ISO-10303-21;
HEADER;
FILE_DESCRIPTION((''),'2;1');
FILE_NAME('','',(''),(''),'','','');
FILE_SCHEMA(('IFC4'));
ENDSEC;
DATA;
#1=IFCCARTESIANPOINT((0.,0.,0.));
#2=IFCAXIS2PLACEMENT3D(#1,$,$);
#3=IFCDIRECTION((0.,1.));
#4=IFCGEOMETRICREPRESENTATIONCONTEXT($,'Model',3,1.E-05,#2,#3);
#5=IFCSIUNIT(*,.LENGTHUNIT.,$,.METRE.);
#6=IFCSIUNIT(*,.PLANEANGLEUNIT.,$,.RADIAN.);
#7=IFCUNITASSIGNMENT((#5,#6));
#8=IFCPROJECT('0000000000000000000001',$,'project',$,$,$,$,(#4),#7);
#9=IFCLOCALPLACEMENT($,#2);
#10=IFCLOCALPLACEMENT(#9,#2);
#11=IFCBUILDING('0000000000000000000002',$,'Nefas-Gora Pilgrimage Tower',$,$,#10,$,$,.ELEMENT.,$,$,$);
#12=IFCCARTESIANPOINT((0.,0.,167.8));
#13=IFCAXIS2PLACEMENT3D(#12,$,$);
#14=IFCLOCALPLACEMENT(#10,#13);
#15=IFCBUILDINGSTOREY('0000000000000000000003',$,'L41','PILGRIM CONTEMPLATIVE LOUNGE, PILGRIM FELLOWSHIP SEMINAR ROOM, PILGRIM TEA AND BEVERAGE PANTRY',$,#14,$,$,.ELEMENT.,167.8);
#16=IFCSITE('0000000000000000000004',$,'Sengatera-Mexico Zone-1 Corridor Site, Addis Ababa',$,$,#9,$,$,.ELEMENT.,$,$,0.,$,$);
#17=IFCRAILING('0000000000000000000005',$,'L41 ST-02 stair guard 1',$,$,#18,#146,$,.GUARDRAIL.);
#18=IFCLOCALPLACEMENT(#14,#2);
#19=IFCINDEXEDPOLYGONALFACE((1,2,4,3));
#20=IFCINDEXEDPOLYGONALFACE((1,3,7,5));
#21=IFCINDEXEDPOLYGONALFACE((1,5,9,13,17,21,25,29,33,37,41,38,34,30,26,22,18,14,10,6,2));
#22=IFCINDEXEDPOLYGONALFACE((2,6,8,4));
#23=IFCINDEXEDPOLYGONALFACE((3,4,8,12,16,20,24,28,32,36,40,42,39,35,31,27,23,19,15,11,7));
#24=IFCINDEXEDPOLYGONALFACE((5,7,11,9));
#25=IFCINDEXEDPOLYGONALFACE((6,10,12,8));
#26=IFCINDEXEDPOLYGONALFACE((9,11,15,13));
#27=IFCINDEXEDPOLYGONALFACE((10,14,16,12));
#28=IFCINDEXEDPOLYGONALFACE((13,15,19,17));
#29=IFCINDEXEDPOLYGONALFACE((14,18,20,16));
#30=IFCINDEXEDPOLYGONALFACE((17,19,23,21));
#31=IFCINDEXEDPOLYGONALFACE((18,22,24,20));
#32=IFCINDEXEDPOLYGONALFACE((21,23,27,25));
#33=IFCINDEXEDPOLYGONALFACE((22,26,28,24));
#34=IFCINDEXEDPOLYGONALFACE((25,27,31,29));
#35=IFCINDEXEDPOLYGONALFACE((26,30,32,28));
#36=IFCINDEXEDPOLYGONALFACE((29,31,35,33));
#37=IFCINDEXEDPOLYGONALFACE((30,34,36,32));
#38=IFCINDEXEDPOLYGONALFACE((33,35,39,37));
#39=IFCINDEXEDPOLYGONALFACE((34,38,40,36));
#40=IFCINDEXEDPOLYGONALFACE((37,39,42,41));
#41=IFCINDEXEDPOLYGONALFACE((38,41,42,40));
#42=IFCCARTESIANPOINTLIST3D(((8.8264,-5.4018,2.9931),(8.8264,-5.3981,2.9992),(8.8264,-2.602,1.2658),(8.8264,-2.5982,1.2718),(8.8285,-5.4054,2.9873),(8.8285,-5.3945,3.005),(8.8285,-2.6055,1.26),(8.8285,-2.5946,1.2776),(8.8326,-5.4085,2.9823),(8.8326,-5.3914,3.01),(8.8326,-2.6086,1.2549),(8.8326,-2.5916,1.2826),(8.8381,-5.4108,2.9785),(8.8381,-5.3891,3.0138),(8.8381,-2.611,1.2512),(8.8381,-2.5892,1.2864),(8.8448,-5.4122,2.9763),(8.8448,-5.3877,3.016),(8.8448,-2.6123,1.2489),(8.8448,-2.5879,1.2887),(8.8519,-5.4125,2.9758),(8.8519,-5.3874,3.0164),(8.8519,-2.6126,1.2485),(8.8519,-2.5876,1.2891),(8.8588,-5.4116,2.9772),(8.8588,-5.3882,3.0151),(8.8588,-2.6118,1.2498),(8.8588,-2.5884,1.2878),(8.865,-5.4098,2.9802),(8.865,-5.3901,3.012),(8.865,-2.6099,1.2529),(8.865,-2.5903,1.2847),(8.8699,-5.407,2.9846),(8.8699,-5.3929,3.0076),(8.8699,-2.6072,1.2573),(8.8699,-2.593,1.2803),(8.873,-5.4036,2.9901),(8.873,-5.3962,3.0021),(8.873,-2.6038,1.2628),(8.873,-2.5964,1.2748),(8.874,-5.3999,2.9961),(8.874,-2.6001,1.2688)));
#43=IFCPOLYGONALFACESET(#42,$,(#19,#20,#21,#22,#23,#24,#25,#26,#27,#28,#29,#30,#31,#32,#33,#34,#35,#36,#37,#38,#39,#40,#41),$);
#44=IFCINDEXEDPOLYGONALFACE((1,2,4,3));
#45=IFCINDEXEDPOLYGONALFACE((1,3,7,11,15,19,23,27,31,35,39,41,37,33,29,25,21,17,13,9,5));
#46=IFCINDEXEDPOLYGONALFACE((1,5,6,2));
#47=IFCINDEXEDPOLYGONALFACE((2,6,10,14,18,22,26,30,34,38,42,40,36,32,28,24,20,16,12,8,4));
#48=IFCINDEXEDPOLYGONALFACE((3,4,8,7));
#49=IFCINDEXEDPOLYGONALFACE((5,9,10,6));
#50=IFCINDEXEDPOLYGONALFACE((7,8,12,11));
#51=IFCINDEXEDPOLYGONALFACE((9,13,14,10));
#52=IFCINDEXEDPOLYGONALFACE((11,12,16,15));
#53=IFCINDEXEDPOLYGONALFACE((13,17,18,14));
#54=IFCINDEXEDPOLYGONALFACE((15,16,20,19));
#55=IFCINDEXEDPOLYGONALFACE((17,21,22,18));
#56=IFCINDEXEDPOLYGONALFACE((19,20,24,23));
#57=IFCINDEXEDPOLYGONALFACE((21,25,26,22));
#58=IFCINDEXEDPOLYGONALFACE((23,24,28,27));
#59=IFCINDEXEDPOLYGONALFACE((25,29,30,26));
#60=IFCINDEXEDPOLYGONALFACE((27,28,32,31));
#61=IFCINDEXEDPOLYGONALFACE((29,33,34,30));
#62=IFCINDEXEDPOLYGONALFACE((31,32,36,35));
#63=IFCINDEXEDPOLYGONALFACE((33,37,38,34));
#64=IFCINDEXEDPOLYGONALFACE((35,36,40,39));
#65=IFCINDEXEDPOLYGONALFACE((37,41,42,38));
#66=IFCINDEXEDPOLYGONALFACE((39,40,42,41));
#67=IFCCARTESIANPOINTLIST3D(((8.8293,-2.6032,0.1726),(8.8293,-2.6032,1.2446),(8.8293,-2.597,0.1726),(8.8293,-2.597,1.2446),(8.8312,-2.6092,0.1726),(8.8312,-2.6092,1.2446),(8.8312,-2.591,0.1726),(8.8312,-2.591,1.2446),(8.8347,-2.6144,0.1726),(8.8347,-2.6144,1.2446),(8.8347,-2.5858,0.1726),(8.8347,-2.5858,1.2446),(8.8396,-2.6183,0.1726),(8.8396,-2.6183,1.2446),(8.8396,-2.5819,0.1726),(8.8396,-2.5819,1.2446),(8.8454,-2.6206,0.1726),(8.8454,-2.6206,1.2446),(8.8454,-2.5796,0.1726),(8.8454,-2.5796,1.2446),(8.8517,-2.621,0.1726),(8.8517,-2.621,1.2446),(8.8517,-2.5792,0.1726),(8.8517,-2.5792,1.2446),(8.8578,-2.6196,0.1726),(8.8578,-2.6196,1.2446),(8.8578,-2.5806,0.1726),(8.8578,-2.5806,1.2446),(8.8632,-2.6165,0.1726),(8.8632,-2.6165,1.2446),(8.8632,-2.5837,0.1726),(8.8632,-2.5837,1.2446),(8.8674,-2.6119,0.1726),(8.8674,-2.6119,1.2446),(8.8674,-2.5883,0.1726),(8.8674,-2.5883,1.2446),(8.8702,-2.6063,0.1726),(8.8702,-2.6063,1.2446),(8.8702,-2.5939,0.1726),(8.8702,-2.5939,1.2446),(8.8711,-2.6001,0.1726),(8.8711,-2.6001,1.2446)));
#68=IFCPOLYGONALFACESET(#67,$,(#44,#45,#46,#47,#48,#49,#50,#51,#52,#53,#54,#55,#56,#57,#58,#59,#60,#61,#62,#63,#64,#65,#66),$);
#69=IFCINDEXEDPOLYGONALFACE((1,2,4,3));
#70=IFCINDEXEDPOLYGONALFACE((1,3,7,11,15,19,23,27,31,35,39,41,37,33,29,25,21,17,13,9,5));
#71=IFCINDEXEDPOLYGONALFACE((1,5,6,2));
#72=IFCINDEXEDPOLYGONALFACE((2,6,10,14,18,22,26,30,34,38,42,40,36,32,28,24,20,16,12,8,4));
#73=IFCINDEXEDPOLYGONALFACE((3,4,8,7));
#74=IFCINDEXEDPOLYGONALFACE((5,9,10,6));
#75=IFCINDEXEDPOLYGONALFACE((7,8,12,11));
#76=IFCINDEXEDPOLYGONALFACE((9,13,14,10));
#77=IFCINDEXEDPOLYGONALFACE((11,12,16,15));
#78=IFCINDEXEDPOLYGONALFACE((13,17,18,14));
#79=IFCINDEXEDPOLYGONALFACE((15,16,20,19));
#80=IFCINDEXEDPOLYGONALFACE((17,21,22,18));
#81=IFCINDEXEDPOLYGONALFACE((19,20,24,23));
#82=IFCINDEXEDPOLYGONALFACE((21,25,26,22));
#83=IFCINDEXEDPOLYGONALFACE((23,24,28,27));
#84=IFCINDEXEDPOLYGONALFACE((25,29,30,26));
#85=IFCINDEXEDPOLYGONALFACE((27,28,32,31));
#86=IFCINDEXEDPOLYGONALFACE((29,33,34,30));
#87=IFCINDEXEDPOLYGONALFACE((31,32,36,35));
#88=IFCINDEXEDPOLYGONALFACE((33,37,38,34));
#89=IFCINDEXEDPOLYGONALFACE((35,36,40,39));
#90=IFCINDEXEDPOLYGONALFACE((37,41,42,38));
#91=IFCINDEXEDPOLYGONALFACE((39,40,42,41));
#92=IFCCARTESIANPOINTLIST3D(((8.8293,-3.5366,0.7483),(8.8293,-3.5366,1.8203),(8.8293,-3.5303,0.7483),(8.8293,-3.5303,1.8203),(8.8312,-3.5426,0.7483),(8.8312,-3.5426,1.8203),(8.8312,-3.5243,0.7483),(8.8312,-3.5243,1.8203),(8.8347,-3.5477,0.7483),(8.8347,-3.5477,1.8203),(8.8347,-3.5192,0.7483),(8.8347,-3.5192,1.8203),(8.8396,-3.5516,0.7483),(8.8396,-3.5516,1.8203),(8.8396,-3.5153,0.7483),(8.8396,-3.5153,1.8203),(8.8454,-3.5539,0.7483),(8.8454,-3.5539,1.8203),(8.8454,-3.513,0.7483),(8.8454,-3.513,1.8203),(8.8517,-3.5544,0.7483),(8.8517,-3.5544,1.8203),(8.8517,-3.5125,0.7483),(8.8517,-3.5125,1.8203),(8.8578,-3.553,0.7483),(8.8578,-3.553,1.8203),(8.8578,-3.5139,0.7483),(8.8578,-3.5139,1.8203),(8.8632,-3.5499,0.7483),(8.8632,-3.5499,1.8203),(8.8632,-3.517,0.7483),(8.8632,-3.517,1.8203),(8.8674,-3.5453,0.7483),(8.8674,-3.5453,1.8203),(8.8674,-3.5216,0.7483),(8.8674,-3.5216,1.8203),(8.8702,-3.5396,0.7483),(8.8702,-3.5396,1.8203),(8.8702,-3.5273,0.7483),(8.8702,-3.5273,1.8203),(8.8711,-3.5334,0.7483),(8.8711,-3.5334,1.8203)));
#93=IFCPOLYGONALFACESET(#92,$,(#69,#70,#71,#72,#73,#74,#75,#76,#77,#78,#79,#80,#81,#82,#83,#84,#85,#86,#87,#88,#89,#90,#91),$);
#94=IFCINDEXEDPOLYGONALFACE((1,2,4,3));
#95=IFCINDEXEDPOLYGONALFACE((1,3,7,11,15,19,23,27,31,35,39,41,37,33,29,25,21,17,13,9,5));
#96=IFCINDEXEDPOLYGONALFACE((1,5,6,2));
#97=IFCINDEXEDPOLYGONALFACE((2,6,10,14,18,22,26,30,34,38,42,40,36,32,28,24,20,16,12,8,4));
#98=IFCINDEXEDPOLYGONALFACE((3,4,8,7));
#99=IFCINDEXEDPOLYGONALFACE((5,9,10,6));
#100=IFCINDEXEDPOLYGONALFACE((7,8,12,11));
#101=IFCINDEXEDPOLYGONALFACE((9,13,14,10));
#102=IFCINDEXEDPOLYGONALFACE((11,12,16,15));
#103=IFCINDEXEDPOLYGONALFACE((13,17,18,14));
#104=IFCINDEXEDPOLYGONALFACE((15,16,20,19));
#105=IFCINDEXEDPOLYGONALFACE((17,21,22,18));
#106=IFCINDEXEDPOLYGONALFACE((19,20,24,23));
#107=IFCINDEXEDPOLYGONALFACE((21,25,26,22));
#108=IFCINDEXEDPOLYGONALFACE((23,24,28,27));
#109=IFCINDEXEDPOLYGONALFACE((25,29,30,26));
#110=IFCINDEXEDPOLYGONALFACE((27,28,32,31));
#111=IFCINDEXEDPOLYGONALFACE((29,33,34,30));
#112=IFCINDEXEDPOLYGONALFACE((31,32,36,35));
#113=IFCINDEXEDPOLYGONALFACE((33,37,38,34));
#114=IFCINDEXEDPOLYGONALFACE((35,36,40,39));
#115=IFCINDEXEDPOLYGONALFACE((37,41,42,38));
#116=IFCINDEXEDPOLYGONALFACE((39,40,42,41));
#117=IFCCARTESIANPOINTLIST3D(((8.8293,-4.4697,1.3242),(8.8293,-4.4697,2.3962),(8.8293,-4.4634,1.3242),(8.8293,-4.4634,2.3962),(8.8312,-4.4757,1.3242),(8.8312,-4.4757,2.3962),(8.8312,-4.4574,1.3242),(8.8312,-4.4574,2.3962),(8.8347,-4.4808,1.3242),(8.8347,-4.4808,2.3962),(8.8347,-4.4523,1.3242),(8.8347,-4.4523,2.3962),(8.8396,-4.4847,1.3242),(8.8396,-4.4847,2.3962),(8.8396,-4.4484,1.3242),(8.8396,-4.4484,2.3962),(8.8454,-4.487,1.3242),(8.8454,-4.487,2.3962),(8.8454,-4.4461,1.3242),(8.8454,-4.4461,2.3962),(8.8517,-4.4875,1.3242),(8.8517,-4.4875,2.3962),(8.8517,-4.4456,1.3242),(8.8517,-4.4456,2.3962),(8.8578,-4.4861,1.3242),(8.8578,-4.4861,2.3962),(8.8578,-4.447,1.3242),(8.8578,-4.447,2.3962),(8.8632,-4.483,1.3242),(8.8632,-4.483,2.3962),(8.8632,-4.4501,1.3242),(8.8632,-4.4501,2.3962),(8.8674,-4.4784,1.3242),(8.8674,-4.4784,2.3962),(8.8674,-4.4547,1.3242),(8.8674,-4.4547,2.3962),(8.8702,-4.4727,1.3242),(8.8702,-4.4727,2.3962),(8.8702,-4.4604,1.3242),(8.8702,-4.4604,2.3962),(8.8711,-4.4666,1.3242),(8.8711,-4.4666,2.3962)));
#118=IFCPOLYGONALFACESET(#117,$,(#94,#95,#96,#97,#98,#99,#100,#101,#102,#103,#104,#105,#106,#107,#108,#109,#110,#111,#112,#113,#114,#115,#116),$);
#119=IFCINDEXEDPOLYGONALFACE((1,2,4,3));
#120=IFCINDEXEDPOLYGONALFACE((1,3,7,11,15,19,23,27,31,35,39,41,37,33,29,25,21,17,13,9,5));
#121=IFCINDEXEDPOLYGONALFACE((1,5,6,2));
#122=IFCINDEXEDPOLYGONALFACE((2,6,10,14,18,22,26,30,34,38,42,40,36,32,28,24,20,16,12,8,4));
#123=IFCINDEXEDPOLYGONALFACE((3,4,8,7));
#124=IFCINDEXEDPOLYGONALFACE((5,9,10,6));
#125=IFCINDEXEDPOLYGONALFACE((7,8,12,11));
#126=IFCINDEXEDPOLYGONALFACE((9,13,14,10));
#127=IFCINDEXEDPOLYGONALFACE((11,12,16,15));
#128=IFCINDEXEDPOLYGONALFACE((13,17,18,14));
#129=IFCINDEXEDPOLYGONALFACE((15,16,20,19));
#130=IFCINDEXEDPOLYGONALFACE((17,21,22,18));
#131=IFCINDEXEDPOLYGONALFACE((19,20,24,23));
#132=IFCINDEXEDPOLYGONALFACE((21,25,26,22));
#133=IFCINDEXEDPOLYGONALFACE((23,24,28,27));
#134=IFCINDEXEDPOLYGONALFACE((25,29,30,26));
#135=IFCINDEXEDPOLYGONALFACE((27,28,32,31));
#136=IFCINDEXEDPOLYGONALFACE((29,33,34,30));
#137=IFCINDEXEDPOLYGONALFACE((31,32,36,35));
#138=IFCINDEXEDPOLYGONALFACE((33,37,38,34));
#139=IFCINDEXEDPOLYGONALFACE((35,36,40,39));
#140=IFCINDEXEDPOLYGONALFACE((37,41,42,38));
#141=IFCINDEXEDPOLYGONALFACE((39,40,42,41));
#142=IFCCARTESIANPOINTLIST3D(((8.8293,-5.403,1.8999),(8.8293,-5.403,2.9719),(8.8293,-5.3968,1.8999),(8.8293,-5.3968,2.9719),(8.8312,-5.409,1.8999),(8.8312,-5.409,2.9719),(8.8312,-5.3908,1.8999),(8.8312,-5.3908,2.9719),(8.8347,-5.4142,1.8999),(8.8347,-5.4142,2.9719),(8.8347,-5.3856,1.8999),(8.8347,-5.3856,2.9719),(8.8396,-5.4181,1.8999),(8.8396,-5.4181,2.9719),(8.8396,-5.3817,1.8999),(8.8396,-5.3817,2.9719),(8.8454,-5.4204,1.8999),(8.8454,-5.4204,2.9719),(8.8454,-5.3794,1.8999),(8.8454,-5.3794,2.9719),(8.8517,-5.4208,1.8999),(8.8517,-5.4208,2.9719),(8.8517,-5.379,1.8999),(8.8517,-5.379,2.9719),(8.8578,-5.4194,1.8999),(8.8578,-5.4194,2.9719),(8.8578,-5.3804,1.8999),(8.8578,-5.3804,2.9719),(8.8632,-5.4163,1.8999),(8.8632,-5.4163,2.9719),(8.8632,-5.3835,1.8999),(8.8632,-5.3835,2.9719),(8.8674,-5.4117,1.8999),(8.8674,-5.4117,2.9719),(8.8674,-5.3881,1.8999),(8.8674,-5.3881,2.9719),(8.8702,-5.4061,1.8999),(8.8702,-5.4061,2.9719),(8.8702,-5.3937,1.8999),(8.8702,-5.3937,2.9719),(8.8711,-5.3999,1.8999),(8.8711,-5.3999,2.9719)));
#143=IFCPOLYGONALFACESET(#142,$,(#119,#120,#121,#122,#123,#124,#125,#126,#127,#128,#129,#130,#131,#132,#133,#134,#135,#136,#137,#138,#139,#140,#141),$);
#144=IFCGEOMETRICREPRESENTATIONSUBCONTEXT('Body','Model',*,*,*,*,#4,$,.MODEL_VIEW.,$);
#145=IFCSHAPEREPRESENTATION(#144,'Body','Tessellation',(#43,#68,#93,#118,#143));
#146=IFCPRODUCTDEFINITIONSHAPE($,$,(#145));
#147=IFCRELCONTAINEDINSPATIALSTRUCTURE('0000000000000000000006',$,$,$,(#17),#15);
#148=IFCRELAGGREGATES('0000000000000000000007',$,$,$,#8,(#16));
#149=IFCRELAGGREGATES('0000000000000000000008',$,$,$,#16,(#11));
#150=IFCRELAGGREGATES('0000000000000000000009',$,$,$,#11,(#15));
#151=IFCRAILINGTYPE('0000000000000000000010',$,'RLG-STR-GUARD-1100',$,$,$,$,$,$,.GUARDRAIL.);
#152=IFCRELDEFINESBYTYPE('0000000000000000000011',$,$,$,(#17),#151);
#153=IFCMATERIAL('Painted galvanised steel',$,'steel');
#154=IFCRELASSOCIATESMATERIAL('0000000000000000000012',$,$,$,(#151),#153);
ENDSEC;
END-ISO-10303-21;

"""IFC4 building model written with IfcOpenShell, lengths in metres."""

from ifc_helpers import new_model, si_unit, direction, frame, origin, origin_2d, place, context, subcontext, project, spatial, circle, extrude, material, type_object, element, save


model = new_model("IFC4")

# Units and contexts
model_context = context("Model", 3, precision=1e-05, world=origin(), true_north=direction((0.0, 1.0)))
body_context = subcontext(model_context, "Body", "Model", "MODEL_VIEW")
ifc_project = project(units=[si_unit("LENGTHUNIT", "METRE"), si_unit("PLANEANGLEUNIT", "RADIAN")], contexts=[model_context])

# Site, building, storey
site_placement = place(None, origin())
site = spatial("IfcSite", under=ifc_project, at=site_placement, Name="Sengatera-Mexico Zone-1 Corridor Site, Addis Ababa", CompositionType="ELEMENT", RefElevation=0.0)
building_placement = place(site_placement, origin())
building = spatial("IfcBuilding", under=site, at=building_placement, Name="Nefas-Gora Pilgrimage Tower", CompositionType="ELEMENT")
storey_placement = place(building_placement, frame((0.0, 0.0, 167.8)))
storey = spatial("IfcBuildingStorey", under=building, at=storey_placement, Name="L41", Description="PILGRIM CONTEMPLATIVE LOUNGE, PILGRIM FELLOWSHIP SEMINAR ROOM, PILGRIM TEA AND BEVERAGE PANTRY", CompositionType="ELEMENT", Elevation=167.8)

# Railing
ifc_material_1 = material(Name="Painted galvanised steel", Category="steel")
railing_type_1 = type_object("IfcRailingType", Name="RLG-STR-GUARD-1100", PredefinedType="GUARDRAIL", material=ifc_material_1)
railing_1_placement = place(storey_placement, frame((8.8501, -2.6001, 0.1726)))
element("IfcRailing", 1, at=railing_1_placement, inside=storey, type_object=railing_type_1, Name="L41 ST-02 stair guard 1", PredefinedType="GUARDRAIL", context=body_context, shape_type="SweptSolid", body=[
    extrude(circle(Radius=0.0239, at=origin_2d()), frame((0.0, 0.0, 1.0962), z_axis=(0.0, -0.851069, 0.525054), x_axis=(1.0, 0.0, 0.0)), (0.0, 0.0, 1.0), 3.2898),
    extrude(circle(Radius=0.021, at=origin_2d()), origin(), (0.0, 0.0, 1.0), 1.072),
    extrude(circle(Radius=0.021, at=origin_2d()), frame((0.0, -0.9333, 0.5757)), (0.0, 0.0, 1.0), 1.072),
    extrude(circle(Radius=0.021, at=origin_2d()), frame((0.0, -1.8665, 1.1516)), (0.0, 0.0, 1.0), 1.072),
    extrude(circle(Radius=0.021, at=origin_2d()), frame((0.0, -2.7998, 1.7273)), (0.0, 0.0, 1.0), 1.072),
])

save(model, "model.ifc")
